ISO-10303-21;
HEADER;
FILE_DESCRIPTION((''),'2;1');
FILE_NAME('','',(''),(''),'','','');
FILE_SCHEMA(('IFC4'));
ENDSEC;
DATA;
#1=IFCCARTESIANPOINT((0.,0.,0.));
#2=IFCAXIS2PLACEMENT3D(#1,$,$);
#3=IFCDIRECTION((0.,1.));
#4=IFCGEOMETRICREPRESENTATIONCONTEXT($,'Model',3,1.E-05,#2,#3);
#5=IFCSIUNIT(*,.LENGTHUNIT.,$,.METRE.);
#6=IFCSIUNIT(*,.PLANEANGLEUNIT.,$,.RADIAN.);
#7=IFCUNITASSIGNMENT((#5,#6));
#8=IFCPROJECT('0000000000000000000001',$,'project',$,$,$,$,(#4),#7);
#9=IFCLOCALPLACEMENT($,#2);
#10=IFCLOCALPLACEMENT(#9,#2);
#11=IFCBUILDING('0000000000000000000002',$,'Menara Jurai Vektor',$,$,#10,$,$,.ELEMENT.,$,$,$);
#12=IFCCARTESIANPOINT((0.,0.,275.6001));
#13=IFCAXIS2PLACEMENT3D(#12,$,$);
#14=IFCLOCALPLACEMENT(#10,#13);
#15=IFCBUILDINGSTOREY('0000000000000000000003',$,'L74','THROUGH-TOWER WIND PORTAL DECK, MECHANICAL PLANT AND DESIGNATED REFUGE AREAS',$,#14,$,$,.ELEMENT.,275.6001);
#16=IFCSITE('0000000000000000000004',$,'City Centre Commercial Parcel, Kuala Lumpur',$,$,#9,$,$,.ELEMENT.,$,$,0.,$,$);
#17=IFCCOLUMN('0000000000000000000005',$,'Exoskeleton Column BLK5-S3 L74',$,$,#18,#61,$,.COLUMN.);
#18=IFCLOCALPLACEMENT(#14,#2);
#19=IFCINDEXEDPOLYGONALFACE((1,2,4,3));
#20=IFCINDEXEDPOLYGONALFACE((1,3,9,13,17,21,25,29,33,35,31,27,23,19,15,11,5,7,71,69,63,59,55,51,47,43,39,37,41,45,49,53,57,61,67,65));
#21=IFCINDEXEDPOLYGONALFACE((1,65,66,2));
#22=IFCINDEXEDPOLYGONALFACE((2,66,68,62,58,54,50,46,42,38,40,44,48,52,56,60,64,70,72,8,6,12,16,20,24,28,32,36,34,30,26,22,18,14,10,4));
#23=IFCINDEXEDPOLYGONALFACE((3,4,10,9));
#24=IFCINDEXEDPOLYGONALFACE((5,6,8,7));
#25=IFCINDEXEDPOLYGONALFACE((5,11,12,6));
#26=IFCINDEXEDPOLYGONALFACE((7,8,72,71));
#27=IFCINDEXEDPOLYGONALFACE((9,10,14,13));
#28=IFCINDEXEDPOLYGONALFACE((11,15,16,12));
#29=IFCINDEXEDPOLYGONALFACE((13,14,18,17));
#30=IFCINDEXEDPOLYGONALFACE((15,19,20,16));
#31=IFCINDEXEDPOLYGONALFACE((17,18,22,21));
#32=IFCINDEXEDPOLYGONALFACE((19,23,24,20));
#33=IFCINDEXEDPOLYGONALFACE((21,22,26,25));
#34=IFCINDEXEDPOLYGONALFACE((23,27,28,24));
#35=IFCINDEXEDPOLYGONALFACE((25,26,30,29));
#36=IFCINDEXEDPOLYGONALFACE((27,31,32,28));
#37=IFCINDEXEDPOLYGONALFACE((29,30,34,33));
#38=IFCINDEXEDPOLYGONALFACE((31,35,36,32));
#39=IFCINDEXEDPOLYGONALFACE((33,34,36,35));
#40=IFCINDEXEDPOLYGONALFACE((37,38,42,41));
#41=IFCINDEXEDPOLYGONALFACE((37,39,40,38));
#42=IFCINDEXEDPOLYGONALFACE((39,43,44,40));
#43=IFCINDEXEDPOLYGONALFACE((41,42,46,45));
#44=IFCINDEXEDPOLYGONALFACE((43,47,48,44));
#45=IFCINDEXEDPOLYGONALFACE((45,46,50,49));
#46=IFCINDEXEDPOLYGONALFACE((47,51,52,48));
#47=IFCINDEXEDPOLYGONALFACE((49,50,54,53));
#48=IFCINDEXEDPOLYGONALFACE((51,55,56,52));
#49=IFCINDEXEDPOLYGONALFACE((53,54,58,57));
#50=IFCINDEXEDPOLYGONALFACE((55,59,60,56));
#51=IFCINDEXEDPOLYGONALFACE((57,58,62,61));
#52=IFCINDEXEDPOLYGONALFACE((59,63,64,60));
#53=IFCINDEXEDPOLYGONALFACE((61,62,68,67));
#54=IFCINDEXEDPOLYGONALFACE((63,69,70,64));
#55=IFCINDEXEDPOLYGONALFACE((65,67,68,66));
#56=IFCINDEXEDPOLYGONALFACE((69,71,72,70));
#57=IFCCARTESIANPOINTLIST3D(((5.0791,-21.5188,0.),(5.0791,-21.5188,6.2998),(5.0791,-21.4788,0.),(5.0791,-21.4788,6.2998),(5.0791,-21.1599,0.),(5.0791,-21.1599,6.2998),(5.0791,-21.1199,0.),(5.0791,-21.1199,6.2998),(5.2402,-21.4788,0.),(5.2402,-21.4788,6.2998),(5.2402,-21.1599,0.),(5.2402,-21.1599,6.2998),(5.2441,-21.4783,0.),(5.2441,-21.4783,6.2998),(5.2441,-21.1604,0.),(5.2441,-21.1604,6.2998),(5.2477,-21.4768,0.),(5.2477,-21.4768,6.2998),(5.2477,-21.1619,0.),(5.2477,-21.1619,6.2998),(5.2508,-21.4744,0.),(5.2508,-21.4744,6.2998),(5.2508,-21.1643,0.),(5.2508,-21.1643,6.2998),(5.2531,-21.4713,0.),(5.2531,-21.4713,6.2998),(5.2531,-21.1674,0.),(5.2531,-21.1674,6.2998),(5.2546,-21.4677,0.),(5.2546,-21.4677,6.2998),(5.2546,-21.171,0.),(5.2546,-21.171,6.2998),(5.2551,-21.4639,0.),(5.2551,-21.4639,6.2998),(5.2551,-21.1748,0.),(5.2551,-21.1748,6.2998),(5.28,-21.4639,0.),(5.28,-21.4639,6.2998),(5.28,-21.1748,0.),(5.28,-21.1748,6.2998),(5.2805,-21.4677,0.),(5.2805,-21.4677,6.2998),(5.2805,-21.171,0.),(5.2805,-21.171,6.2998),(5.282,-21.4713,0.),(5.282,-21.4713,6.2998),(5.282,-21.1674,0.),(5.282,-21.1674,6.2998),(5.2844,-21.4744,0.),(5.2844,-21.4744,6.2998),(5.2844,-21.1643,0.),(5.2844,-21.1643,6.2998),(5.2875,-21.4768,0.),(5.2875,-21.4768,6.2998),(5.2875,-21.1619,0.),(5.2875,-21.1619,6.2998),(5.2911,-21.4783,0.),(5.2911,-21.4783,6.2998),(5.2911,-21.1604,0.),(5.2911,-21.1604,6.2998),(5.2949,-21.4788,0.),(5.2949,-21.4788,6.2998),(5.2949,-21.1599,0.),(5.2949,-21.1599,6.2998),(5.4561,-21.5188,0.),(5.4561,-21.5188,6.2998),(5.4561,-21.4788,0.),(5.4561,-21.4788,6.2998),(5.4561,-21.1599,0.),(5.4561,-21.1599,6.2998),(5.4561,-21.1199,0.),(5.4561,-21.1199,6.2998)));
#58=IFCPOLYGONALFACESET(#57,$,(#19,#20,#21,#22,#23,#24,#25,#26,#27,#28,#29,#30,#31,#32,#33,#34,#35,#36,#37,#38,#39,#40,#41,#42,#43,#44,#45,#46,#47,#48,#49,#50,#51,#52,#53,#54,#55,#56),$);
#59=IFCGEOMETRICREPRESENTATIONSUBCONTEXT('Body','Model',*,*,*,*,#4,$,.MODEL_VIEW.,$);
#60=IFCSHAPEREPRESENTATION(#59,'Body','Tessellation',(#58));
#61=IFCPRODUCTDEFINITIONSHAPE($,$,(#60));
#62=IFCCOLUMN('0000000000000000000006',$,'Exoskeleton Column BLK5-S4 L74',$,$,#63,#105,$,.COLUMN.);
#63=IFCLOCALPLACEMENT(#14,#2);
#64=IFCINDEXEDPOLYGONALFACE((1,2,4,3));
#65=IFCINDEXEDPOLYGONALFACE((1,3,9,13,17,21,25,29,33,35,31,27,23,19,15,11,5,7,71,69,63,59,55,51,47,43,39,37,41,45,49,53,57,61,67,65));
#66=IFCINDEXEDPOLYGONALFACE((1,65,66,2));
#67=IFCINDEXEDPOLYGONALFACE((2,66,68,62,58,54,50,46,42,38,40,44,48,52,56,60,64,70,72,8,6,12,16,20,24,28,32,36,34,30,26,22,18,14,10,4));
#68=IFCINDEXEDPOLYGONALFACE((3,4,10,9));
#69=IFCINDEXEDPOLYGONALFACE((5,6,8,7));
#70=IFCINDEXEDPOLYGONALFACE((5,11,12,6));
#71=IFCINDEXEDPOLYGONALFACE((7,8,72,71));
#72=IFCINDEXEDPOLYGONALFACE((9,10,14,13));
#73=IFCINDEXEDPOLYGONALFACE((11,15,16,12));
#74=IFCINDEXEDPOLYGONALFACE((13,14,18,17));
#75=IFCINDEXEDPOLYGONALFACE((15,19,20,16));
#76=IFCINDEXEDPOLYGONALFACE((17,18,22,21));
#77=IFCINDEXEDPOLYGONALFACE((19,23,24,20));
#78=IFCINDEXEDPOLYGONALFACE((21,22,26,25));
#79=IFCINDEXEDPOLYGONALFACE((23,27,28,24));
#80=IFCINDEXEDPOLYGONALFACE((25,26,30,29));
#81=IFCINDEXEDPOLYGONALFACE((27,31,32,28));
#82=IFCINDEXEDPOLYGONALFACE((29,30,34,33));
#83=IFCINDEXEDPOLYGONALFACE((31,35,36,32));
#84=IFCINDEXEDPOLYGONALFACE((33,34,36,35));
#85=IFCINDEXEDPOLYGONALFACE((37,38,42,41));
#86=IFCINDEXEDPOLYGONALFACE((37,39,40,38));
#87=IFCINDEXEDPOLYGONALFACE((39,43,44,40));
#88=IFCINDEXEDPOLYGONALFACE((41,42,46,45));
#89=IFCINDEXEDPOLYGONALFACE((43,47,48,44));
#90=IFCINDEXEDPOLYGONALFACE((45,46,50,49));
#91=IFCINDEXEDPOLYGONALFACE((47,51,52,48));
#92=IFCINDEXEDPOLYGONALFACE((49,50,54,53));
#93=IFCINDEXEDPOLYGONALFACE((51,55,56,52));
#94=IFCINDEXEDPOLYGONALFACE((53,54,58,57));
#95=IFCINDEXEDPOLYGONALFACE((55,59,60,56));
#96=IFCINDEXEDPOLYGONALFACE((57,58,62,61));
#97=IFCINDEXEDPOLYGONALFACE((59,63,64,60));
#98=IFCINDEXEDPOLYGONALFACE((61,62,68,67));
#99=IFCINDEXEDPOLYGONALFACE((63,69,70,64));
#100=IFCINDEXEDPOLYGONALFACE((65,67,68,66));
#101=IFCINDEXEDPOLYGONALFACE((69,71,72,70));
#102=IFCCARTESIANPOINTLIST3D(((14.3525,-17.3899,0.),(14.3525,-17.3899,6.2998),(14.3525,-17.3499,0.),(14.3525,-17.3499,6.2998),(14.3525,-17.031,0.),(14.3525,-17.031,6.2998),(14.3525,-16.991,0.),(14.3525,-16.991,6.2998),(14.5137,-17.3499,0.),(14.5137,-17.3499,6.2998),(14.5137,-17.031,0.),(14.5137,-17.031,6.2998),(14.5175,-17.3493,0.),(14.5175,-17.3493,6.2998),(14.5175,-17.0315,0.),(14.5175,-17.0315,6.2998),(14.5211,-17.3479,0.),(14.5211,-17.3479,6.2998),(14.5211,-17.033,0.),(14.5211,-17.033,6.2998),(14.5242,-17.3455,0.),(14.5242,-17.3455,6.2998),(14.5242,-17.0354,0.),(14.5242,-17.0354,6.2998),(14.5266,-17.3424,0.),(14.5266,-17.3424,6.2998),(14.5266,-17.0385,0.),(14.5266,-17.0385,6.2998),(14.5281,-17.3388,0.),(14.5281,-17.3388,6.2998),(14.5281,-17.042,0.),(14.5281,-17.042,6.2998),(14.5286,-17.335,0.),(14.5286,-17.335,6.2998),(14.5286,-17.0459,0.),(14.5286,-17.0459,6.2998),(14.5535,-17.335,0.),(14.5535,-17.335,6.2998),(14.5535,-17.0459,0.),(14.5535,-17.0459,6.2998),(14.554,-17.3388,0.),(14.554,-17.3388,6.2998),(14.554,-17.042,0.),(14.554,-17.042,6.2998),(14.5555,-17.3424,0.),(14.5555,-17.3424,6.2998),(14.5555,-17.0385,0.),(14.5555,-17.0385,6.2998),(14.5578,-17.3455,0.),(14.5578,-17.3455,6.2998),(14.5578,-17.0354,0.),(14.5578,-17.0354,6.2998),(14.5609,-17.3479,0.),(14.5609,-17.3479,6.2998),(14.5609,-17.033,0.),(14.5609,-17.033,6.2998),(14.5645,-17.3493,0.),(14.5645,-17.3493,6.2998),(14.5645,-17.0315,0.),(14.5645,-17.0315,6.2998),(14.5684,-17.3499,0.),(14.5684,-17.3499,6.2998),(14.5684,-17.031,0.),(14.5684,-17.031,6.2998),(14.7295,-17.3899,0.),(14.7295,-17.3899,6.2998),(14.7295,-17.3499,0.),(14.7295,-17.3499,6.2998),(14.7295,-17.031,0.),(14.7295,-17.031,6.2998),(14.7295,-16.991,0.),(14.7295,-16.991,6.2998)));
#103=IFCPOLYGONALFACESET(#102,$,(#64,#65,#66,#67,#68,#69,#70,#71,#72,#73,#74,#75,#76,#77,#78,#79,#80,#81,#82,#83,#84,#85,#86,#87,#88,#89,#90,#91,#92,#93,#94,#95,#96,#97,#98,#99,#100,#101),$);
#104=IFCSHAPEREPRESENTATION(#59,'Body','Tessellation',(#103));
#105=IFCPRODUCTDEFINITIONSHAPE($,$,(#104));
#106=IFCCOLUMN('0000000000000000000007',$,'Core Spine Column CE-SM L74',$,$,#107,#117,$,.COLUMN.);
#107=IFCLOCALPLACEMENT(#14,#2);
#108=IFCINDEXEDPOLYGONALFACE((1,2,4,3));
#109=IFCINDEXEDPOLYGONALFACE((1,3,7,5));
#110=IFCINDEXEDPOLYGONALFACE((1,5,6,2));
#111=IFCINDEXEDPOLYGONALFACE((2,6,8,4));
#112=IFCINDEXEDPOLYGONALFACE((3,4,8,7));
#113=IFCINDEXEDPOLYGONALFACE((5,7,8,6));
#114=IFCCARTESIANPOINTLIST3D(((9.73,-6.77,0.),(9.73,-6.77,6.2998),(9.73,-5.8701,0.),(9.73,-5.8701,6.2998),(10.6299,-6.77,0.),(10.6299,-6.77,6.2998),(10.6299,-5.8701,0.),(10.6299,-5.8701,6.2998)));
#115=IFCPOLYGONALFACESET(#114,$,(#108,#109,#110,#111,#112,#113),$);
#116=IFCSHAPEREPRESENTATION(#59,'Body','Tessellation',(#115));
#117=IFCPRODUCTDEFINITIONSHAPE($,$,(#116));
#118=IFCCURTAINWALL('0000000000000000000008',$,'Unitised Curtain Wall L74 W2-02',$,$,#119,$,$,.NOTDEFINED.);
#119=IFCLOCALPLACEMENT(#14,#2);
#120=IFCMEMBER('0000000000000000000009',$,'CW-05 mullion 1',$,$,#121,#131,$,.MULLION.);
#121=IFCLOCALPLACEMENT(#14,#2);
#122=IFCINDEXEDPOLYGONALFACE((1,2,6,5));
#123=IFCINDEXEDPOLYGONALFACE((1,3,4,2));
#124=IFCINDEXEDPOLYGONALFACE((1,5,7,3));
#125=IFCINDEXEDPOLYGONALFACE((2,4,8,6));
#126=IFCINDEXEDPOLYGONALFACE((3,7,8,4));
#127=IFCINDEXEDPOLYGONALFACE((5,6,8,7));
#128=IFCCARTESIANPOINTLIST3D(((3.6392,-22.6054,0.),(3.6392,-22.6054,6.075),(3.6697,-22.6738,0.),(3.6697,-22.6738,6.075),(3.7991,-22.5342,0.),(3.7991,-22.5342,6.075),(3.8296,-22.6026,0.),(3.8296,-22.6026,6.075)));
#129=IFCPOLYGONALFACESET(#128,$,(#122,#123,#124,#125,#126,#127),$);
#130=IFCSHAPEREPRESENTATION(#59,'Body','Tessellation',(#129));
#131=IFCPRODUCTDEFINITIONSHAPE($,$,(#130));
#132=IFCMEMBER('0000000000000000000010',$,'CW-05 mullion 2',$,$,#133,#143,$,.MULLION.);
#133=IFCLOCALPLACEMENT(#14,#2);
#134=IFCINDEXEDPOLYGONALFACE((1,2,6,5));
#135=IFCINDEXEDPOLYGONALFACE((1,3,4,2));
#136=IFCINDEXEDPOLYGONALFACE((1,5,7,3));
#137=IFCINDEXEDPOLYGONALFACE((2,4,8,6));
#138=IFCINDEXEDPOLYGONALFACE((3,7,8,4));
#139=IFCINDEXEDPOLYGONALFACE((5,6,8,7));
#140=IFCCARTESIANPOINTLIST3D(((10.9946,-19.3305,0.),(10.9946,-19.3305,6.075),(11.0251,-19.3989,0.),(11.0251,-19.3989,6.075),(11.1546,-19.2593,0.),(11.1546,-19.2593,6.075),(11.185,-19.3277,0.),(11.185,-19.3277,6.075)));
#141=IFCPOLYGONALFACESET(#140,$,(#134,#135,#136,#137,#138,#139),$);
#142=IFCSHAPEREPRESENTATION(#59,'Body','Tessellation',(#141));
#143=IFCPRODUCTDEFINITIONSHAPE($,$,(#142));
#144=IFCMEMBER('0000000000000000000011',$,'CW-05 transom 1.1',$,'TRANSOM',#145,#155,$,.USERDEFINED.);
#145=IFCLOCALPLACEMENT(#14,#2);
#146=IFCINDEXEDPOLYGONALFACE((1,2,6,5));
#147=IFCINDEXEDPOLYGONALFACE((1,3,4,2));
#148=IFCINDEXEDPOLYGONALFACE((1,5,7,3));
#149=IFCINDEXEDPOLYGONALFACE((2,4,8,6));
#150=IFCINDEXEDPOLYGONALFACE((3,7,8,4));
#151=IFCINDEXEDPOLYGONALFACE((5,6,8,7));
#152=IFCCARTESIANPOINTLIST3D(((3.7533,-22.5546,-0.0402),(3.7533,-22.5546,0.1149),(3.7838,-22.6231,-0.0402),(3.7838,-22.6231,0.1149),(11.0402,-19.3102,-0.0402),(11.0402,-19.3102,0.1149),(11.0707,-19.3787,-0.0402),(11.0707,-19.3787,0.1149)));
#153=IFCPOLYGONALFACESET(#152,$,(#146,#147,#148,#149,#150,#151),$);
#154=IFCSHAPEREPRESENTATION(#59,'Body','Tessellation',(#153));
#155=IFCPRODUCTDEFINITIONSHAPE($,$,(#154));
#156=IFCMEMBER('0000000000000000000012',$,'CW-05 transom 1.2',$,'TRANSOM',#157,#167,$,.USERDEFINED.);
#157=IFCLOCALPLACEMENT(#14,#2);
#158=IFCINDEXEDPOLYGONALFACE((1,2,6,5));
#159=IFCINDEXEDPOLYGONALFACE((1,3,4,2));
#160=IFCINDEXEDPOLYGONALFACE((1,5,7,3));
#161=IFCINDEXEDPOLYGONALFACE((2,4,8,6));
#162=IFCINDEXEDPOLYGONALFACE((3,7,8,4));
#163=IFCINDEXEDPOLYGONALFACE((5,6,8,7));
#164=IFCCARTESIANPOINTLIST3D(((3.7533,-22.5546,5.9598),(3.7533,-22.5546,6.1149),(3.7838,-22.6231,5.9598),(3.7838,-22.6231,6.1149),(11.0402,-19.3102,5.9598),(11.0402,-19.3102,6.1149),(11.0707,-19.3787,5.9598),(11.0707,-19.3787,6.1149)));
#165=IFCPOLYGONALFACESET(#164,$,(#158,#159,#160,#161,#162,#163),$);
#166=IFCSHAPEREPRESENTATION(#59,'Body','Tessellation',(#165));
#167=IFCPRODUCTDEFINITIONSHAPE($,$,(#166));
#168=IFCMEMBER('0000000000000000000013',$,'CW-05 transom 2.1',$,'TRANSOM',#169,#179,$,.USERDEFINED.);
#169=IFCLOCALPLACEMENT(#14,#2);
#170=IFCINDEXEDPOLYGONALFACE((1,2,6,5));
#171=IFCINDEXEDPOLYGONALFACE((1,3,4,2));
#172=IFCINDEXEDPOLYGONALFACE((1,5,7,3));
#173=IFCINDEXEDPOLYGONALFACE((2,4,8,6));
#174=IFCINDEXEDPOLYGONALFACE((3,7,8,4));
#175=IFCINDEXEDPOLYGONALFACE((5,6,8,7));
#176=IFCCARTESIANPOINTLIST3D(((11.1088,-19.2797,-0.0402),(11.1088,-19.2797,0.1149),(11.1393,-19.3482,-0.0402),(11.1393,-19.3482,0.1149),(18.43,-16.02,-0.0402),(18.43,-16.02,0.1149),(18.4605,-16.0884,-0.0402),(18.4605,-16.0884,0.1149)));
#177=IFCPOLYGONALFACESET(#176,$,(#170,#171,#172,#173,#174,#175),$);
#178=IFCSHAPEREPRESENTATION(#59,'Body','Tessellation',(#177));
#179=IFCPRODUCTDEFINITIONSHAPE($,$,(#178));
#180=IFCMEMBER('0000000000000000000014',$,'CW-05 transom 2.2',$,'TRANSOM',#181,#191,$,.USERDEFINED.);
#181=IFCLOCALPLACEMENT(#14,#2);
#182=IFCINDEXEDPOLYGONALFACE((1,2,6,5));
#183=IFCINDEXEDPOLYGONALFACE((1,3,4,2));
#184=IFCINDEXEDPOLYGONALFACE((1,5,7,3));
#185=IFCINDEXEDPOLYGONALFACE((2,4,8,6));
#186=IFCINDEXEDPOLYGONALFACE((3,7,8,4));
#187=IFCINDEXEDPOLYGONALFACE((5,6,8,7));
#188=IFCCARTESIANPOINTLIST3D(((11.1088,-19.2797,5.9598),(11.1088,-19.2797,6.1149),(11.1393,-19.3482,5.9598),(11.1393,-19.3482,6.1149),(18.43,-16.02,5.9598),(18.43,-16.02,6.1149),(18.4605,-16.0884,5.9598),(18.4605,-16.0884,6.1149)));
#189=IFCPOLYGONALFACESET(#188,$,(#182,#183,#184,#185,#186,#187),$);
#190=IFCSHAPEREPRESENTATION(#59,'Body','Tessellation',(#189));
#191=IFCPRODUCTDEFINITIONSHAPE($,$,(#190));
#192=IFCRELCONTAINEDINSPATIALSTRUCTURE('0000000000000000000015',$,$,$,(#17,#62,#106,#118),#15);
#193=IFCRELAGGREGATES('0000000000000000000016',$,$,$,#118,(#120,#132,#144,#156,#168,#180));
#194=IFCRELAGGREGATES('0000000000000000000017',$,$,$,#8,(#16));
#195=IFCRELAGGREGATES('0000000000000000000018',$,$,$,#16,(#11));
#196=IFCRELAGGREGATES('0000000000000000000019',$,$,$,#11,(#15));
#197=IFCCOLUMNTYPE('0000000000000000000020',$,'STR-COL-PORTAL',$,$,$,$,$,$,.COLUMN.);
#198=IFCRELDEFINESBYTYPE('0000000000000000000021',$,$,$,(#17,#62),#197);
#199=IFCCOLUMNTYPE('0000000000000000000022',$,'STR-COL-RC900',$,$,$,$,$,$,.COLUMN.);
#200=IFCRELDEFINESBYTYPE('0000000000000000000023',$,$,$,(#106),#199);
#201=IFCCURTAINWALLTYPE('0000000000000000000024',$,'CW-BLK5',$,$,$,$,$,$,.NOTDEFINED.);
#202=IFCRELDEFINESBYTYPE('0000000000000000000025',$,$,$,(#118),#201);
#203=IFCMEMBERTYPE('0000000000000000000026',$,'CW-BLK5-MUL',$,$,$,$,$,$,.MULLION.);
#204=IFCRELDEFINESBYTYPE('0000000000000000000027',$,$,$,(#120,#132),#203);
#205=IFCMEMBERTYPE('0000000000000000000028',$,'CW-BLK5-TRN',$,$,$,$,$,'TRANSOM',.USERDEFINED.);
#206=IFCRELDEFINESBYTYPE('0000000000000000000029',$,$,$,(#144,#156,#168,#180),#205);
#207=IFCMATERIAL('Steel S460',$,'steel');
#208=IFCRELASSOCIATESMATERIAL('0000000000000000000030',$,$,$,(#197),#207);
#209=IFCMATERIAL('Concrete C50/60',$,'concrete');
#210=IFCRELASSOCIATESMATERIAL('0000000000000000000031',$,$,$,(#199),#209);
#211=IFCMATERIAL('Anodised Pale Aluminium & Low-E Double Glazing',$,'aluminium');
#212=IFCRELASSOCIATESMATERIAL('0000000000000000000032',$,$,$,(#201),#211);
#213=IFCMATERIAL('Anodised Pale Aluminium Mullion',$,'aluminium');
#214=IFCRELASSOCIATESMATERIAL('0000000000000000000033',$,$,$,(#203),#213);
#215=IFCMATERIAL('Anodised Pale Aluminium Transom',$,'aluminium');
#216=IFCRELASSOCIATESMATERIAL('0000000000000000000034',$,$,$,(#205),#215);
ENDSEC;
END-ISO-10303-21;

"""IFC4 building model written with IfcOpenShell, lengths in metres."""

from ifc_helpers import new_model, si_unit, direction, frame, origin, origin_2d, place, context, subcontext, project, spatial, rectangle, i_section, extrude, material, material_profile, profile_set, type_object, element, aggregate, save


model = new_model("IFC4")

# Units and contexts
model_context = context("Model", 3, precision=1e-05, world=origin(), true_north=direction((0.0, 1.0)))
body_context = subcontext(model_context, "Body", "Model", "MODEL_VIEW")
ifc_project = project(units=[si_unit("LENGTHUNIT", "METRE"), si_unit("PLANEANGLEUNIT", "RADIAN")], contexts=[model_context])

# Site, building, storey
site_placement = place(None, origin())
site = spatial("IfcSite", under=ifc_project, at=site_placement, Name="City Centre Commercial Parcel, Kuala Lumpur", CompositionType="ELEMENT", RefElevation=0.0)
building_placement = place(site_placement, origin())
building = spatial("IfcBuilding", under=site, at=building_placement, Name="Menara Jurai Vektor", CompositionType="ELEMENT")
storey_placement = place(building_placement, frame((0.0, 0.0, 275.6001)))
storey = spatial("IfcBuildingStorey", under=building, at=storey_placement, Name="L74", Description="THROUGH-TOWER WIND PORTAL DECK, MECHANICAL PLANT AND DESIGNATED REFUGE AREAS", CompositionType="ELEMENT", Elevation=275.6001)

# Columns
ifc_material_1 = material(Name="Steel S460", Category="steel")
ifc_material_profile_1 = material_profile(ifc_material_1, i_section(OverallWidth=0.377, OverallDepth=0.3989, WebThickness=0.0249, FlangeThickness=0.04, FilletRadius=0.0149, at=origin_2d()), Name="HD 360x314")
ifc_profile_set_1 = profile_set([ifc_material_profile_1], Name="Steel S460")
column_type_1 = type_object("IfcColumnType", Name="STR-COL-PORTAL", PredefinedType="COLUMN", material=ifc_profile_set_1)
for number, where, z_axis, x_axis, name in (
    (1, (5.2676, -21.3193, 0.0), (0.0, 0.0, 1.0), (1.0, 0.0, 0.0), "Exoskeleton Column BLK5-S3 L74"),
    (2, (14.541, -17.1904, 0.0), (0.0, 0.0, 1.0), (1.0, 0.0, 0.0), "Exoskeleton Column BLK5-S4 L74"),
):
    element("IfcColumn", number, at=place(storey_placement, frame(where, z_axis=z_axis, x_axis=x_axis)), inside=storey, type_object=column_type_1, Name=name, PredefinedType="COLUMN", context=body_context, shape_type="SweptSolid", body=[
        extrude(i_section(OverallWidth=0.377, OverallDepth=0.3989, WebThickness=0.0249, FlangeThickness=0.04, FilletRadius=0.0149, at=origin_2d()), origin(), (0.0, 0.0, 1.0), 6.2998),
    ])
ifc_material_2 = material(Name="Concrete C50/60", Category="concrete")
ifc_material_profile_2 = material_profile(ifc_material_2, rectangle(XDim=0.8999, YDim=0.8999, at=origin_2d()), Name="RC 900x900")
ifc_profile_set_2 = profile_set([ifc_material_profile_2], Name="Concrete C50/60")
column_type_2 = type_object("IfcColumnType", Name="STR-COL-RC900", PredefinedType="COLUMN", material=ifc_profile_set_2)
column_placement = place(storey_placement, frame((10.1799, -6.3201, 0.0), z_axis=(0.0, 0.0, 1.0), x_axis=(1.0, 0.0, 0.0)))
element("IfcColumn", 3, at=column_placement, inside=storey, type_object=column_type_2, Name="Core Spine Column CE-SM L74", PredefinedType="COLUMN", context=body_context, shape_type="SweptSolid", body=[
    extrude(rectangle(XDim=0.8999, YDim=0.8999, at=origin_2d()), origin(), (0.0, 0.0, 1.0), 6.2998),
])

# Curtain wall, members
ifc_material_3 = material(Name="Anodised Pale Aluminium & Low-E Double Glazing", Category="aluminium")
curtain_wall_type = type_object("IfcCurtainWallType", Name="CW-BLK5", PredefinedType="NOTDEFINED", material=ifc_material_3)
curtain_wall_placement = place(storey_placement, origin())
curtain_wall = element("IfcCurtainWall", 4, at=curtain_wall_placement, inside=storey, type_object=curtain_wall_type, Name="Unitised Curtain Wall L74 W2-02", PredefinedType="NOTDEFINED")
ifc_material_4 = material(Name="Anodised Pale Aluminium Mullion", Category="aluminium")
ifc_material_profile_3 = material_profile(ifc_material_4, rectangle(XDim=0.075, YDim=0.175, at=origin_2d()), Name="ALU MUL 75x175")
ifc_profile_set_3 = profile_set([ifc_material_profile_3], Name="Anodised Pale Aluminium Mullion")
member_type_1 = type_object("IfcMemberType", Name="CW-BLK5-MUL", PredefinedType="MULLION", material=ifc_profile_set_3)
member_1_placement = place(storey_placement, frame((3.7344, -22.604, 0.0), z_axis=(0.0, 0.0, 1.0), x_axis=(-0.406736, 0.913546, 0.0)))
member_1 = element("IfcMember", 5, at=member_1_placement, type_object=member_type_1, Name="CW-05 mullion 1", PredefinedType="MULLION", context=body_context, shape_type="SweptSolid", body=[
    extrude(rectangle(XDim=0.075, YDim=0.175, at=origin_2d()), origin(), (0.0, 0.0, 1.0), 6.075),
])
member_2_placement = place(storey_placement, frame((11.0898, -19.3291, 0.0), z_axis=(0.0, 0.0, 1.0), x_axis=(-0.406736, 0.913546, 0.0)))
member_2 = element("IfcMember", 6, at=member_2_placement, type_object=member_type_1, Name="CW-05 mullion 2", PredefinedType="MULLION", context=body_context, shape_type="SweptSolid", body=[
    extrude(rectangle(XDim=0.075, YDim=0.175, at=origin_2d()), origin(), (0.0, 0.0, 1.0), 6.075),
])
ifc_material_5 = material(Name="Anodised Pale Aluminium Transom", Category="aluminium")
ifc_material_profile_4 = material_profile(ifc_material_5, rectangle(XDim=0.075, YDim=0.155, at=origin_2d()), Name="ALU TRN 75x155")
ifc_profile_set_4 = profile_set([ifc_material_profile_4], Name="Anodised Pale Aluminium Transom")
member_type_2 = type_object("IfcMemberType", Name="CW-BLK5-TRN", ElementType="TRANSOM", PredefinedType="USERDEFINED", material=ifc_profile_set_4)
member_3_placement = place(storey_placement, frame((3.7686, -22.5889, 0.0374), z_axis=(0.913543, 0.406743, 0.0), x_axis=(-0.406743, 0.913543, 0.0)))
member_3 = element("IfcMember", 7, at=member_3_placement, type_object=member_type_2, Name="CW-05 transom 1.1", ObjectType="TRANSOM", PredefinedType="USERDEFINED", context=body_context, shape_type="SweptSolid", body=[
    extrude(rectangle(XDim=0.075, YDim=0.155, at=origin_2d()), origin(), (0.0, 0.0, 1.0), 7.9766),
])
member_4_placement = place(storey_placement, frame((3.7686, -22.5889, 6.0374), z_axis=(0.913543, 0.406743, 0.0), x_axis=(-0.406743, 0.913543, 0.0)))
member_4 = element("IfcMember", 8, at=member_4_placement, type_object=member_type_2, Name="CW-05 transom 1.2", ObjectType="TRANSOM", PredefinedType="USERDEFINED", context=body_context, shape_type="SweptSolid", body=[
    extrude(rectangle(XDim=0.075, YDim=0.155, at=origin_2d()), origin(), (0.0, 0.0, 1.0), 7.9766),
])
member_5_placement = place(storey_placement, frame((11.124, -19.314, 0.0374), z_axis=(0.91354, 0.406749, 0.0), x_axis=(-0.406749, 0.91354, 0.0)))
member_5 = element("IfcMember", 9, at=member_5_placement, type_object=member_type_2, Name="CW-05 transom 2.1", ObjectType="TRANSOM", PredefinedType="USERDEFINED", context=body_context, shape_type="SweptSolid", body=[
    extrude(rectangle(XDim=0.075, YDim=0.155, at=origin_2d()), origin(), (0.0, 0.0, 1.0), 8.0142),
])
member_6_placement = place(storey_placement, frame((11.124, -19.314, 6.0374), z_axis=(0.91354, 0.406749, 0.0), x_axis=(-0.406749, 0.91354, 0.0)))
member_6 = element("IfcMember", 10, at=member_6_placement, type_object=member_type_2, Name="CW-05 transom 2.2", ObjectType="TRANSOM", PredefinedType="USERDEFINED", context=body_context, shape_type="SweptSolid", body=[
    extrude(rectangle(XDim=0.075, YDim=0.155, at=origin_2d()), origin(), (0.0, 0.0, 1.0), 8.0142),
])

aggregate(curtain_wall, [member_1, member_2, member_3, member_4, member_5, member_6])

save(model, "model.ifc")
